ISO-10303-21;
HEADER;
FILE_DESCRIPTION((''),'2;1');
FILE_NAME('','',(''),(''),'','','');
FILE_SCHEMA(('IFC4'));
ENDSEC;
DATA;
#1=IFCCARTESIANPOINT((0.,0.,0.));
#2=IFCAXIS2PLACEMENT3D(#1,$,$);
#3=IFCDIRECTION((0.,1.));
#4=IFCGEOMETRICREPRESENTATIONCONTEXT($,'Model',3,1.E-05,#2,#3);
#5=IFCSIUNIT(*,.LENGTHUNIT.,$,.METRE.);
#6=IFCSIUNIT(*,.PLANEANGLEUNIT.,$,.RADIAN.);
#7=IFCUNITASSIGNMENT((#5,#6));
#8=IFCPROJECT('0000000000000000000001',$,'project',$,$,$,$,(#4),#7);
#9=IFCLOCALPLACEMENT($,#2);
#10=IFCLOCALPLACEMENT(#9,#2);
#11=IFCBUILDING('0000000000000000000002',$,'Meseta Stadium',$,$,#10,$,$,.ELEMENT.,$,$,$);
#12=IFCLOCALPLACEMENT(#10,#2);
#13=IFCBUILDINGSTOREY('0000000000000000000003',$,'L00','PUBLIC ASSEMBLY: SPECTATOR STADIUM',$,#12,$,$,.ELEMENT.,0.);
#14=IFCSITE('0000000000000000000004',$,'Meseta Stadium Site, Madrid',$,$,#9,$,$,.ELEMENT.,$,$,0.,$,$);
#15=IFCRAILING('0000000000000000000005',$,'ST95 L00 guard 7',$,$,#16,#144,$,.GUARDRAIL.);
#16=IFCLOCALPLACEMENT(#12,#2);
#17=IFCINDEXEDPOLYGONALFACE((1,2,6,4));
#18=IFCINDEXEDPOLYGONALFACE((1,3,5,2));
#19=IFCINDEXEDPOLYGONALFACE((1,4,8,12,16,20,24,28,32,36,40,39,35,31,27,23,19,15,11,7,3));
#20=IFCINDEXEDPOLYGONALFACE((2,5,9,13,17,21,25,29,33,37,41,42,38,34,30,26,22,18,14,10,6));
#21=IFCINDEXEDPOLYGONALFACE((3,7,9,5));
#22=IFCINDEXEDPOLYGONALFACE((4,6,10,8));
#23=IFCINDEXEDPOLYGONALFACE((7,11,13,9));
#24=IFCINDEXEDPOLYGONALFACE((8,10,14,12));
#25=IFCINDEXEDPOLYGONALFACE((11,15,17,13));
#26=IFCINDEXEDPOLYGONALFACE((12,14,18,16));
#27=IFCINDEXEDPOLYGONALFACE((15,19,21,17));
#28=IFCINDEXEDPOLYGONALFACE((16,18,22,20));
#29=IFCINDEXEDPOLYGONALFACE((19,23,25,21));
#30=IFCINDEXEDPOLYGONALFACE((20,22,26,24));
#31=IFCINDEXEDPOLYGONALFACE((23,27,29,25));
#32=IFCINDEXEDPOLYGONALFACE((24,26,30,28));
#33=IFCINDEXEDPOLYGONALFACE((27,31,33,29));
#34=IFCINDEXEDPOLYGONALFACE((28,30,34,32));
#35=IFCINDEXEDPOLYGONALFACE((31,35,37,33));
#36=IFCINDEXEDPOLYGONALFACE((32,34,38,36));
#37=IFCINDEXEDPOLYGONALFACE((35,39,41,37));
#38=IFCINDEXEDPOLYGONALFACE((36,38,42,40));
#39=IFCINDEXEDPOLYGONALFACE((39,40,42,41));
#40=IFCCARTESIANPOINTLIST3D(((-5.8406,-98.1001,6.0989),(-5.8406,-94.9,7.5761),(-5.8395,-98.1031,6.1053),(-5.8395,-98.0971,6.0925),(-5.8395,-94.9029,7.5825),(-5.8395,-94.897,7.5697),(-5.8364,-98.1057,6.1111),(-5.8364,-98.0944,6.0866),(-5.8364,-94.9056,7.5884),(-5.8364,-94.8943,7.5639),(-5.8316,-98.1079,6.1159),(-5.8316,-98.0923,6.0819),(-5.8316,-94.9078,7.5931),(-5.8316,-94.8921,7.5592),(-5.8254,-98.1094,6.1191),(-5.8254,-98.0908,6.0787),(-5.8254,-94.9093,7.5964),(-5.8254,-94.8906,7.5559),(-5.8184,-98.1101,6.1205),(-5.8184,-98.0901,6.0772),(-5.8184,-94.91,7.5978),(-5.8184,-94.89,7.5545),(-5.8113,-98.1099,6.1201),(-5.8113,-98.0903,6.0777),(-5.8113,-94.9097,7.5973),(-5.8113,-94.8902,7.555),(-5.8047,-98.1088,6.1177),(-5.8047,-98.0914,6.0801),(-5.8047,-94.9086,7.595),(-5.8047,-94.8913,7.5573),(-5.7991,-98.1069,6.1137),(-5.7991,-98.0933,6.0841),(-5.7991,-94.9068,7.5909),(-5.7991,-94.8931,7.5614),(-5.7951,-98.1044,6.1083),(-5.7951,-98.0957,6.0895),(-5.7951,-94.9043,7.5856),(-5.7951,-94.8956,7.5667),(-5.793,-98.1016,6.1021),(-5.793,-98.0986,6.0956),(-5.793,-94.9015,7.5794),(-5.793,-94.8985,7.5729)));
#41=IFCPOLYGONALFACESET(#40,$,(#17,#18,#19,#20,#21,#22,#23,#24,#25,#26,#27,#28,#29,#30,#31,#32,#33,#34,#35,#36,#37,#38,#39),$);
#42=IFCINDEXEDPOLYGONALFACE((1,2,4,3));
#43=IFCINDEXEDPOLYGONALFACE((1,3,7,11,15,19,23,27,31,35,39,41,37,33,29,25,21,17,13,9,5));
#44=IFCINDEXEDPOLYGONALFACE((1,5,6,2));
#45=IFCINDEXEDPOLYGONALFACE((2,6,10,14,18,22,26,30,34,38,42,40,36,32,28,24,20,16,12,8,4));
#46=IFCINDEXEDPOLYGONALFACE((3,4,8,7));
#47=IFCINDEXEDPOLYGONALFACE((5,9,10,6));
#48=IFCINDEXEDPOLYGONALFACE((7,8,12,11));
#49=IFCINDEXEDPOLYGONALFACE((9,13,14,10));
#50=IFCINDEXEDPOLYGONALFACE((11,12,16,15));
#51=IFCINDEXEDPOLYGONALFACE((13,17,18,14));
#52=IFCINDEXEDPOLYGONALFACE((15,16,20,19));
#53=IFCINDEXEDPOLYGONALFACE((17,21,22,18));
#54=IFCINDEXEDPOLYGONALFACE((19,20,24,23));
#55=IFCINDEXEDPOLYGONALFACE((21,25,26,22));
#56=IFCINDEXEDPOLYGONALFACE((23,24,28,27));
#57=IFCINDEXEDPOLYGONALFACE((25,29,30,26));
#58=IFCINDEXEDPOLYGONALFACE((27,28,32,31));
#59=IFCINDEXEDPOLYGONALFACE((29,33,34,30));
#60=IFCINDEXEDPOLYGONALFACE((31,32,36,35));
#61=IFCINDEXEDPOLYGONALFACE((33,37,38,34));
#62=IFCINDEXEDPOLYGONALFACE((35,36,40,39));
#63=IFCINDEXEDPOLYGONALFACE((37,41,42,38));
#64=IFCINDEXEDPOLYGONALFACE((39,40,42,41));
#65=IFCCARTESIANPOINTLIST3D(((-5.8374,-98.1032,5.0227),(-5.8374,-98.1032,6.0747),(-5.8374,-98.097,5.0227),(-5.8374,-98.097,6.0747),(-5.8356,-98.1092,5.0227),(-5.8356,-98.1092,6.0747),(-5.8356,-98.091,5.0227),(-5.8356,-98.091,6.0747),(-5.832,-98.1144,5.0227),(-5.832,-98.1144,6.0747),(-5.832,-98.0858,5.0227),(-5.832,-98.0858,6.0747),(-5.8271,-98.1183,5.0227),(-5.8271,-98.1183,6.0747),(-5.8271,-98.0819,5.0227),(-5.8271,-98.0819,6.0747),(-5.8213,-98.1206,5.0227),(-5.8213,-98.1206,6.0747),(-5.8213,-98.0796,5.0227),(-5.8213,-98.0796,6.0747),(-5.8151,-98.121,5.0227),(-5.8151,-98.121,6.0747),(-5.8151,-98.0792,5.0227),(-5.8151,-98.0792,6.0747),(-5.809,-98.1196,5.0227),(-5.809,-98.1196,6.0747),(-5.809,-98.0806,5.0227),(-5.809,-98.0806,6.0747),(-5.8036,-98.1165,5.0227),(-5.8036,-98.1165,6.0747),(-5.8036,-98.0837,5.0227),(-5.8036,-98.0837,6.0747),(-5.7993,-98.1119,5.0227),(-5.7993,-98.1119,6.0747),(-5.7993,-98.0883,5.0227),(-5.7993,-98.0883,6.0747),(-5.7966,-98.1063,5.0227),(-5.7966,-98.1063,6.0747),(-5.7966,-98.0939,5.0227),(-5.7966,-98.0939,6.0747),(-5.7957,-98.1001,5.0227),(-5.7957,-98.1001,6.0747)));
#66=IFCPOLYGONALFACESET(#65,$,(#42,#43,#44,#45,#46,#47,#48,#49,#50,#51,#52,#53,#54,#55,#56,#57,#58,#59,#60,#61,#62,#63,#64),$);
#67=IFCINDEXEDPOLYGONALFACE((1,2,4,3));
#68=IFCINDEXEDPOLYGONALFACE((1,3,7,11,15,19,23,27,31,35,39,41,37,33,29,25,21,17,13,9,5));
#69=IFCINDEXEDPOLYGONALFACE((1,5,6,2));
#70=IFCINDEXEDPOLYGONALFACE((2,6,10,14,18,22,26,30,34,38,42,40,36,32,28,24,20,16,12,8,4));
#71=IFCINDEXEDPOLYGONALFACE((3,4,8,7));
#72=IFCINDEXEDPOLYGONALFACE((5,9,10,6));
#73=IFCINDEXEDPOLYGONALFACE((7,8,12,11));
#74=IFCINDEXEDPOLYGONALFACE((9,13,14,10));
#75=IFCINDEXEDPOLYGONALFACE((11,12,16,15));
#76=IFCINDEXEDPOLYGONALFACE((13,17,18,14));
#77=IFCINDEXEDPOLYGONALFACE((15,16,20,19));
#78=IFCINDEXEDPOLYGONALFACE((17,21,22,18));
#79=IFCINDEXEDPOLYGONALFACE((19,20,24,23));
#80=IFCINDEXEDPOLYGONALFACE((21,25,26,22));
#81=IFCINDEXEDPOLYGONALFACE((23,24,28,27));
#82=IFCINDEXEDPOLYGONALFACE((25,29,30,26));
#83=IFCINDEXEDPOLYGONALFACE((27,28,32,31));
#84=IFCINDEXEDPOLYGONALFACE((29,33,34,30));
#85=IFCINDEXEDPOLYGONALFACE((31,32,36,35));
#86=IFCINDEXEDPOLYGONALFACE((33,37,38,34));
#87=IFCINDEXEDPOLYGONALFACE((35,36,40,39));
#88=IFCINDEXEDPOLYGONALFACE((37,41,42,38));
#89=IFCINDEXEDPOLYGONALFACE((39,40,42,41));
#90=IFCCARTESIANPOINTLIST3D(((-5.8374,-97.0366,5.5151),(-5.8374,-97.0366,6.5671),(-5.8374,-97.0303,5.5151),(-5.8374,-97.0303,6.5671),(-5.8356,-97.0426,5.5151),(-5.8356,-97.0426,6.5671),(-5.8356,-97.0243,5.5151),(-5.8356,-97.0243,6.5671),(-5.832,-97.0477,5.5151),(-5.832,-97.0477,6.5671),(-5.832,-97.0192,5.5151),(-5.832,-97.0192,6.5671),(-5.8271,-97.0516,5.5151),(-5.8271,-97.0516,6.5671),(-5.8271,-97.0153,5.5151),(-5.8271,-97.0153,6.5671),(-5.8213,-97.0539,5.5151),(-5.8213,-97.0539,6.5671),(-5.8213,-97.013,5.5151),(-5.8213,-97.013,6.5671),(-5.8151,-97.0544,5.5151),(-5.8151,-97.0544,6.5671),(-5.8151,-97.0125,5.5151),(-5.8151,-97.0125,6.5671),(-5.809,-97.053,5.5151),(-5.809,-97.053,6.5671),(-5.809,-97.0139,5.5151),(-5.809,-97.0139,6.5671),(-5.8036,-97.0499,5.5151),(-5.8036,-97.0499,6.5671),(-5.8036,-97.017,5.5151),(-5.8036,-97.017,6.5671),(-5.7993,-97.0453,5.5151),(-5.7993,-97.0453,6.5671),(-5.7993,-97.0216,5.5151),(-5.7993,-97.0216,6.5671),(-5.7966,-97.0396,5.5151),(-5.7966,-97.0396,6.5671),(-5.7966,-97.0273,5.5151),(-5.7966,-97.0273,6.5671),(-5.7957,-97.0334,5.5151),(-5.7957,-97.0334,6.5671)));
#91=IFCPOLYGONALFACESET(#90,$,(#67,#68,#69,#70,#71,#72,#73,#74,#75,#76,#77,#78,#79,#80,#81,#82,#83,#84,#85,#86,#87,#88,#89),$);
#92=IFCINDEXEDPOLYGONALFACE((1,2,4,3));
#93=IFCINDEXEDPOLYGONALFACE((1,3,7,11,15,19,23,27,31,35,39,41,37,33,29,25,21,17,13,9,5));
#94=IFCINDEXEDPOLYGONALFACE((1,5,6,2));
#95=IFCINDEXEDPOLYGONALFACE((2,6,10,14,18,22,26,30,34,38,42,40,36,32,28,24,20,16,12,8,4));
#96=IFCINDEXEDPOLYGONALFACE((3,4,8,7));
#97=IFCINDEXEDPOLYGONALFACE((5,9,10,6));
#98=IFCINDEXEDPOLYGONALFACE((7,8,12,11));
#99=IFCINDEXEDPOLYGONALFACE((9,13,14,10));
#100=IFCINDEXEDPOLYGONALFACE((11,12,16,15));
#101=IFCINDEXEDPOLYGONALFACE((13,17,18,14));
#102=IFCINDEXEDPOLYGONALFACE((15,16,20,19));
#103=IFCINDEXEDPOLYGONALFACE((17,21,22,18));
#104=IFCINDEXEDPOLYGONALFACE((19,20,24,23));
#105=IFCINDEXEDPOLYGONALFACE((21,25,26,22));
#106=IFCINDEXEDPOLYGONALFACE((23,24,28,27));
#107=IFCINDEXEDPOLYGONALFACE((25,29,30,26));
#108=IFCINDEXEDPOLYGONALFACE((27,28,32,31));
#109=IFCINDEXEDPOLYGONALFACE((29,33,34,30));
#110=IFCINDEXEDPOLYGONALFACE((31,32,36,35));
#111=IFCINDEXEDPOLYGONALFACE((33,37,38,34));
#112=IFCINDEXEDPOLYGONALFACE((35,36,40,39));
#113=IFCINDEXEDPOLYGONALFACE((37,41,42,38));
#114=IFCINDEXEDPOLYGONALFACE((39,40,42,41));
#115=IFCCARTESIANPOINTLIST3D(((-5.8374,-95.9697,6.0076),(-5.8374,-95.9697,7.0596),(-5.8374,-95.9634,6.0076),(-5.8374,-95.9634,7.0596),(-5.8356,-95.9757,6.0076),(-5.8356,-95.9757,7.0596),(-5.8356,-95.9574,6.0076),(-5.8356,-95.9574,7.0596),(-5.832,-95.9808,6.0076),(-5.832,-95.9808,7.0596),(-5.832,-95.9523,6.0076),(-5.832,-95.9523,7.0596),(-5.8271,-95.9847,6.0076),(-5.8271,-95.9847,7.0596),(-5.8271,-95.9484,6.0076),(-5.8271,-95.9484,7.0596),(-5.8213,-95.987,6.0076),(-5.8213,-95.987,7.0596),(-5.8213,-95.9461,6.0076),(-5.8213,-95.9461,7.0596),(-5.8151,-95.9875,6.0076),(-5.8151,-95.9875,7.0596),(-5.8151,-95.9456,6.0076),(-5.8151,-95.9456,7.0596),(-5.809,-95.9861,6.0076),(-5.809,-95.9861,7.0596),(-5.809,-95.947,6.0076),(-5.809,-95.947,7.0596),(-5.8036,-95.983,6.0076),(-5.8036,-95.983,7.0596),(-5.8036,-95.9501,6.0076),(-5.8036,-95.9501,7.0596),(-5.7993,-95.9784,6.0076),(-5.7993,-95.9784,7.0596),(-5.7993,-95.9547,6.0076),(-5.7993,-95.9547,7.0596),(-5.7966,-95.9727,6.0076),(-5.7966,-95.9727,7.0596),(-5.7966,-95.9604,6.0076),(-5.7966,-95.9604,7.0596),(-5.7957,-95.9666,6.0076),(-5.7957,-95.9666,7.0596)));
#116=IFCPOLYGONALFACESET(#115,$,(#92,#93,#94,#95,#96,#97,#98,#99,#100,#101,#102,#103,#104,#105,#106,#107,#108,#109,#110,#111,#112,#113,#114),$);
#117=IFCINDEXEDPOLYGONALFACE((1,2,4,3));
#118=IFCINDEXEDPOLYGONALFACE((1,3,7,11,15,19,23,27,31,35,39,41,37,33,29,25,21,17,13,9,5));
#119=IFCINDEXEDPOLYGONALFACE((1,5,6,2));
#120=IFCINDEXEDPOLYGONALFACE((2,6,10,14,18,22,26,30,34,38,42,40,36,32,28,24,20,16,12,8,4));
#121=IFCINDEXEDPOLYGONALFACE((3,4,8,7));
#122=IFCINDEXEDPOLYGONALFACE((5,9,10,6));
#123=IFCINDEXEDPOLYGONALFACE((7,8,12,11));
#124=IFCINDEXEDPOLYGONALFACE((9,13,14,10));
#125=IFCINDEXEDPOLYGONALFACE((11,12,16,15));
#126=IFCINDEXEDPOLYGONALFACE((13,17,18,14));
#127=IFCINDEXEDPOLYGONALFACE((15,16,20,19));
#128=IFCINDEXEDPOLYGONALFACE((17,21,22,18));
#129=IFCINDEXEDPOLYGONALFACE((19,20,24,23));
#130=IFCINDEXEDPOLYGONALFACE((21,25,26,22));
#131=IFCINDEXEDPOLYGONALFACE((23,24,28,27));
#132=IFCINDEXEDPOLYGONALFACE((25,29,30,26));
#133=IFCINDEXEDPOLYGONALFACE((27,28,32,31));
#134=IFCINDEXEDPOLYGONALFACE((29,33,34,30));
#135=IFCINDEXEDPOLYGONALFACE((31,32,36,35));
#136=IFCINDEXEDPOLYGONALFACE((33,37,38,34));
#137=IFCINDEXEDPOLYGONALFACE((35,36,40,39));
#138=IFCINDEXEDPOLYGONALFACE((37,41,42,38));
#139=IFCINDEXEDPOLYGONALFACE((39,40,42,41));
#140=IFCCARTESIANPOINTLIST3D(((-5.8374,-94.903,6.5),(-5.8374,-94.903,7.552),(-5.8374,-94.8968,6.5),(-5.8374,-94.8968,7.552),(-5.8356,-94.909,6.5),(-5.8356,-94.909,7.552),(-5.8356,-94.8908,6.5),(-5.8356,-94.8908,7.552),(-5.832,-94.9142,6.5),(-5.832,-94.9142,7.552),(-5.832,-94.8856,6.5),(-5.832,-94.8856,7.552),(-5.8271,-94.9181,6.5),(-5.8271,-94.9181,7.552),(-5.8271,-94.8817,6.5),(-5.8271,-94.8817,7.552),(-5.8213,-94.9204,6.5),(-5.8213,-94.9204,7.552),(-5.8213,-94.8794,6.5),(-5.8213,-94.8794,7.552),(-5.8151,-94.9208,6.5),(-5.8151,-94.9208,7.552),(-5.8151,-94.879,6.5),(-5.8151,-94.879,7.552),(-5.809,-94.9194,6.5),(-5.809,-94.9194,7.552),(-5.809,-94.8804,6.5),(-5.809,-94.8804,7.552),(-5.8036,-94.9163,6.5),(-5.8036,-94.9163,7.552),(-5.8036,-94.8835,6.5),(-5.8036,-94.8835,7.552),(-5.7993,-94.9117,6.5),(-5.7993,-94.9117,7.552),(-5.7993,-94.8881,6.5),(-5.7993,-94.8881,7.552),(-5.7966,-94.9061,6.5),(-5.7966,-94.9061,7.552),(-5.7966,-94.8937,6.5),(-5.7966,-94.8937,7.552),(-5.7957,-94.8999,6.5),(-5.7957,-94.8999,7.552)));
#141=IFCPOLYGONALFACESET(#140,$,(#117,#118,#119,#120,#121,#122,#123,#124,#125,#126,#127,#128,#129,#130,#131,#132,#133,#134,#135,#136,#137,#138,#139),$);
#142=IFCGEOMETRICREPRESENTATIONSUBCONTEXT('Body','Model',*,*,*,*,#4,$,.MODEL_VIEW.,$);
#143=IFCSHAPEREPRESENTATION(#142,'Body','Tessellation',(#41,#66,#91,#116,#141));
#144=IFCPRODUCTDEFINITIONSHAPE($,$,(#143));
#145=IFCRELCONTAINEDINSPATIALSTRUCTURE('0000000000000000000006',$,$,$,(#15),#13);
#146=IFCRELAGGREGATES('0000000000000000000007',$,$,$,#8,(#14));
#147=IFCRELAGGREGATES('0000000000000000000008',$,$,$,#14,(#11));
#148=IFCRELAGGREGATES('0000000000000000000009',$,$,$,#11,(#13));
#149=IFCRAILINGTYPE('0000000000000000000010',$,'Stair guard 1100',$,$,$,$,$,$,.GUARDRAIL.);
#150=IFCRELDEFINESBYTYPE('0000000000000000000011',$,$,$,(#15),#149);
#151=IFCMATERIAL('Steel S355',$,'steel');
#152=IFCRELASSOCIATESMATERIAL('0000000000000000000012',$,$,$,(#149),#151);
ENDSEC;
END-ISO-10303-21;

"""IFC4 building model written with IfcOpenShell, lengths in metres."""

from ifc_helpers import new_model, si_unit, direction, frame, origin, origin_2d, place, context, subcontext, project, spatial, circle, extrude, material, type_object, element, save


model = new_model("IFC4")

# Units and contexts
model_context = context("Model", 3, precision=1e-05, world=origin(), true_north=direction((0.0, 1.0)))
body_context = subcontext(model_context, "Body", "Model", "MODEL_VIEW")
ifc_project = project(units=[si_unit("LENGTHUNIT", "METRE"), si_unit("PLANEANGLEUNIT", "RADIAN")], contexts=[model_context])

# Site, building, storey
site_placement = place(None, origin())
site = spatial("IfcSite", under=ifc_project, at=site_placement, Name="Meseta Stadium Site, Madrid", CompositionType="ELEMENT", RefElevation=0.0)
building_placement = place(site_placement, origin())
building = spatial("IfcBuilding", under=site, at=building_placement, Name="Meseta Stadium", CompositionType="ELEMENT")
storey_placement = place(building_placement, origin())
storey = spatial("IfcBuildingStorey", under=building, at=storey_placement, Name="L00", Description="PUBLIC ASSEMBLY: SPECTATOR STADIUM", CompositionType="ELEMENT", Elevation=0.0)

# Railing
ifc_material_1 = material(Name="Steel S355", Category="steel")
railing_type_1 = type_object("IfcRailingType", Name="Stair guard 1100", PredefinedType="GUARDRAIL", material=ifc_material_1)
railing_1_placement = place(storey_placement, frame((-5.8167, -98.1001, 5.0227)))
element("IfcRailing", 1, at=railing_1_placement, inside=storey, type_object=railing_type_1, Name="ST95 L00 guard 7", PredefinedType="GUARDRAIL", context=body_context, shape_type="SweptSolid", body=[
    extrude(circle(Radius=0.0239, at=origin_2d()), frame((0.0, 0.0, 1.0762), z_axis=(0.0, 0.907929, 0.419124), x_axis=(-1.0, 0.0, 0.0)), (0.0, 0.0, 1.0), 3.5247),
    extrude(circle(Radius=0.021, at=origin_2d()), origin(), (0.0, 0.0, 1.0), 1.052),
    extrude(circle(Radius=0.021, at=origin_2d()), frame((0.0, 1.0667, 0.4924)), (0.0, 0.0, 1.0), 1.052),
    extrude(circle(Radius=0.021, at=origin_2d()), frame((0.0, 2.1335, 0.9849)), (0.0, 0.0, 1.0), 1.052),
    extrude(circle(Radius=0.021, at=origin_2d()), frame((0.0, 3.2002, 1.4773)), (0.0, 0.0, 1.0), 1.052),
])

save(model, "model.ifc")
